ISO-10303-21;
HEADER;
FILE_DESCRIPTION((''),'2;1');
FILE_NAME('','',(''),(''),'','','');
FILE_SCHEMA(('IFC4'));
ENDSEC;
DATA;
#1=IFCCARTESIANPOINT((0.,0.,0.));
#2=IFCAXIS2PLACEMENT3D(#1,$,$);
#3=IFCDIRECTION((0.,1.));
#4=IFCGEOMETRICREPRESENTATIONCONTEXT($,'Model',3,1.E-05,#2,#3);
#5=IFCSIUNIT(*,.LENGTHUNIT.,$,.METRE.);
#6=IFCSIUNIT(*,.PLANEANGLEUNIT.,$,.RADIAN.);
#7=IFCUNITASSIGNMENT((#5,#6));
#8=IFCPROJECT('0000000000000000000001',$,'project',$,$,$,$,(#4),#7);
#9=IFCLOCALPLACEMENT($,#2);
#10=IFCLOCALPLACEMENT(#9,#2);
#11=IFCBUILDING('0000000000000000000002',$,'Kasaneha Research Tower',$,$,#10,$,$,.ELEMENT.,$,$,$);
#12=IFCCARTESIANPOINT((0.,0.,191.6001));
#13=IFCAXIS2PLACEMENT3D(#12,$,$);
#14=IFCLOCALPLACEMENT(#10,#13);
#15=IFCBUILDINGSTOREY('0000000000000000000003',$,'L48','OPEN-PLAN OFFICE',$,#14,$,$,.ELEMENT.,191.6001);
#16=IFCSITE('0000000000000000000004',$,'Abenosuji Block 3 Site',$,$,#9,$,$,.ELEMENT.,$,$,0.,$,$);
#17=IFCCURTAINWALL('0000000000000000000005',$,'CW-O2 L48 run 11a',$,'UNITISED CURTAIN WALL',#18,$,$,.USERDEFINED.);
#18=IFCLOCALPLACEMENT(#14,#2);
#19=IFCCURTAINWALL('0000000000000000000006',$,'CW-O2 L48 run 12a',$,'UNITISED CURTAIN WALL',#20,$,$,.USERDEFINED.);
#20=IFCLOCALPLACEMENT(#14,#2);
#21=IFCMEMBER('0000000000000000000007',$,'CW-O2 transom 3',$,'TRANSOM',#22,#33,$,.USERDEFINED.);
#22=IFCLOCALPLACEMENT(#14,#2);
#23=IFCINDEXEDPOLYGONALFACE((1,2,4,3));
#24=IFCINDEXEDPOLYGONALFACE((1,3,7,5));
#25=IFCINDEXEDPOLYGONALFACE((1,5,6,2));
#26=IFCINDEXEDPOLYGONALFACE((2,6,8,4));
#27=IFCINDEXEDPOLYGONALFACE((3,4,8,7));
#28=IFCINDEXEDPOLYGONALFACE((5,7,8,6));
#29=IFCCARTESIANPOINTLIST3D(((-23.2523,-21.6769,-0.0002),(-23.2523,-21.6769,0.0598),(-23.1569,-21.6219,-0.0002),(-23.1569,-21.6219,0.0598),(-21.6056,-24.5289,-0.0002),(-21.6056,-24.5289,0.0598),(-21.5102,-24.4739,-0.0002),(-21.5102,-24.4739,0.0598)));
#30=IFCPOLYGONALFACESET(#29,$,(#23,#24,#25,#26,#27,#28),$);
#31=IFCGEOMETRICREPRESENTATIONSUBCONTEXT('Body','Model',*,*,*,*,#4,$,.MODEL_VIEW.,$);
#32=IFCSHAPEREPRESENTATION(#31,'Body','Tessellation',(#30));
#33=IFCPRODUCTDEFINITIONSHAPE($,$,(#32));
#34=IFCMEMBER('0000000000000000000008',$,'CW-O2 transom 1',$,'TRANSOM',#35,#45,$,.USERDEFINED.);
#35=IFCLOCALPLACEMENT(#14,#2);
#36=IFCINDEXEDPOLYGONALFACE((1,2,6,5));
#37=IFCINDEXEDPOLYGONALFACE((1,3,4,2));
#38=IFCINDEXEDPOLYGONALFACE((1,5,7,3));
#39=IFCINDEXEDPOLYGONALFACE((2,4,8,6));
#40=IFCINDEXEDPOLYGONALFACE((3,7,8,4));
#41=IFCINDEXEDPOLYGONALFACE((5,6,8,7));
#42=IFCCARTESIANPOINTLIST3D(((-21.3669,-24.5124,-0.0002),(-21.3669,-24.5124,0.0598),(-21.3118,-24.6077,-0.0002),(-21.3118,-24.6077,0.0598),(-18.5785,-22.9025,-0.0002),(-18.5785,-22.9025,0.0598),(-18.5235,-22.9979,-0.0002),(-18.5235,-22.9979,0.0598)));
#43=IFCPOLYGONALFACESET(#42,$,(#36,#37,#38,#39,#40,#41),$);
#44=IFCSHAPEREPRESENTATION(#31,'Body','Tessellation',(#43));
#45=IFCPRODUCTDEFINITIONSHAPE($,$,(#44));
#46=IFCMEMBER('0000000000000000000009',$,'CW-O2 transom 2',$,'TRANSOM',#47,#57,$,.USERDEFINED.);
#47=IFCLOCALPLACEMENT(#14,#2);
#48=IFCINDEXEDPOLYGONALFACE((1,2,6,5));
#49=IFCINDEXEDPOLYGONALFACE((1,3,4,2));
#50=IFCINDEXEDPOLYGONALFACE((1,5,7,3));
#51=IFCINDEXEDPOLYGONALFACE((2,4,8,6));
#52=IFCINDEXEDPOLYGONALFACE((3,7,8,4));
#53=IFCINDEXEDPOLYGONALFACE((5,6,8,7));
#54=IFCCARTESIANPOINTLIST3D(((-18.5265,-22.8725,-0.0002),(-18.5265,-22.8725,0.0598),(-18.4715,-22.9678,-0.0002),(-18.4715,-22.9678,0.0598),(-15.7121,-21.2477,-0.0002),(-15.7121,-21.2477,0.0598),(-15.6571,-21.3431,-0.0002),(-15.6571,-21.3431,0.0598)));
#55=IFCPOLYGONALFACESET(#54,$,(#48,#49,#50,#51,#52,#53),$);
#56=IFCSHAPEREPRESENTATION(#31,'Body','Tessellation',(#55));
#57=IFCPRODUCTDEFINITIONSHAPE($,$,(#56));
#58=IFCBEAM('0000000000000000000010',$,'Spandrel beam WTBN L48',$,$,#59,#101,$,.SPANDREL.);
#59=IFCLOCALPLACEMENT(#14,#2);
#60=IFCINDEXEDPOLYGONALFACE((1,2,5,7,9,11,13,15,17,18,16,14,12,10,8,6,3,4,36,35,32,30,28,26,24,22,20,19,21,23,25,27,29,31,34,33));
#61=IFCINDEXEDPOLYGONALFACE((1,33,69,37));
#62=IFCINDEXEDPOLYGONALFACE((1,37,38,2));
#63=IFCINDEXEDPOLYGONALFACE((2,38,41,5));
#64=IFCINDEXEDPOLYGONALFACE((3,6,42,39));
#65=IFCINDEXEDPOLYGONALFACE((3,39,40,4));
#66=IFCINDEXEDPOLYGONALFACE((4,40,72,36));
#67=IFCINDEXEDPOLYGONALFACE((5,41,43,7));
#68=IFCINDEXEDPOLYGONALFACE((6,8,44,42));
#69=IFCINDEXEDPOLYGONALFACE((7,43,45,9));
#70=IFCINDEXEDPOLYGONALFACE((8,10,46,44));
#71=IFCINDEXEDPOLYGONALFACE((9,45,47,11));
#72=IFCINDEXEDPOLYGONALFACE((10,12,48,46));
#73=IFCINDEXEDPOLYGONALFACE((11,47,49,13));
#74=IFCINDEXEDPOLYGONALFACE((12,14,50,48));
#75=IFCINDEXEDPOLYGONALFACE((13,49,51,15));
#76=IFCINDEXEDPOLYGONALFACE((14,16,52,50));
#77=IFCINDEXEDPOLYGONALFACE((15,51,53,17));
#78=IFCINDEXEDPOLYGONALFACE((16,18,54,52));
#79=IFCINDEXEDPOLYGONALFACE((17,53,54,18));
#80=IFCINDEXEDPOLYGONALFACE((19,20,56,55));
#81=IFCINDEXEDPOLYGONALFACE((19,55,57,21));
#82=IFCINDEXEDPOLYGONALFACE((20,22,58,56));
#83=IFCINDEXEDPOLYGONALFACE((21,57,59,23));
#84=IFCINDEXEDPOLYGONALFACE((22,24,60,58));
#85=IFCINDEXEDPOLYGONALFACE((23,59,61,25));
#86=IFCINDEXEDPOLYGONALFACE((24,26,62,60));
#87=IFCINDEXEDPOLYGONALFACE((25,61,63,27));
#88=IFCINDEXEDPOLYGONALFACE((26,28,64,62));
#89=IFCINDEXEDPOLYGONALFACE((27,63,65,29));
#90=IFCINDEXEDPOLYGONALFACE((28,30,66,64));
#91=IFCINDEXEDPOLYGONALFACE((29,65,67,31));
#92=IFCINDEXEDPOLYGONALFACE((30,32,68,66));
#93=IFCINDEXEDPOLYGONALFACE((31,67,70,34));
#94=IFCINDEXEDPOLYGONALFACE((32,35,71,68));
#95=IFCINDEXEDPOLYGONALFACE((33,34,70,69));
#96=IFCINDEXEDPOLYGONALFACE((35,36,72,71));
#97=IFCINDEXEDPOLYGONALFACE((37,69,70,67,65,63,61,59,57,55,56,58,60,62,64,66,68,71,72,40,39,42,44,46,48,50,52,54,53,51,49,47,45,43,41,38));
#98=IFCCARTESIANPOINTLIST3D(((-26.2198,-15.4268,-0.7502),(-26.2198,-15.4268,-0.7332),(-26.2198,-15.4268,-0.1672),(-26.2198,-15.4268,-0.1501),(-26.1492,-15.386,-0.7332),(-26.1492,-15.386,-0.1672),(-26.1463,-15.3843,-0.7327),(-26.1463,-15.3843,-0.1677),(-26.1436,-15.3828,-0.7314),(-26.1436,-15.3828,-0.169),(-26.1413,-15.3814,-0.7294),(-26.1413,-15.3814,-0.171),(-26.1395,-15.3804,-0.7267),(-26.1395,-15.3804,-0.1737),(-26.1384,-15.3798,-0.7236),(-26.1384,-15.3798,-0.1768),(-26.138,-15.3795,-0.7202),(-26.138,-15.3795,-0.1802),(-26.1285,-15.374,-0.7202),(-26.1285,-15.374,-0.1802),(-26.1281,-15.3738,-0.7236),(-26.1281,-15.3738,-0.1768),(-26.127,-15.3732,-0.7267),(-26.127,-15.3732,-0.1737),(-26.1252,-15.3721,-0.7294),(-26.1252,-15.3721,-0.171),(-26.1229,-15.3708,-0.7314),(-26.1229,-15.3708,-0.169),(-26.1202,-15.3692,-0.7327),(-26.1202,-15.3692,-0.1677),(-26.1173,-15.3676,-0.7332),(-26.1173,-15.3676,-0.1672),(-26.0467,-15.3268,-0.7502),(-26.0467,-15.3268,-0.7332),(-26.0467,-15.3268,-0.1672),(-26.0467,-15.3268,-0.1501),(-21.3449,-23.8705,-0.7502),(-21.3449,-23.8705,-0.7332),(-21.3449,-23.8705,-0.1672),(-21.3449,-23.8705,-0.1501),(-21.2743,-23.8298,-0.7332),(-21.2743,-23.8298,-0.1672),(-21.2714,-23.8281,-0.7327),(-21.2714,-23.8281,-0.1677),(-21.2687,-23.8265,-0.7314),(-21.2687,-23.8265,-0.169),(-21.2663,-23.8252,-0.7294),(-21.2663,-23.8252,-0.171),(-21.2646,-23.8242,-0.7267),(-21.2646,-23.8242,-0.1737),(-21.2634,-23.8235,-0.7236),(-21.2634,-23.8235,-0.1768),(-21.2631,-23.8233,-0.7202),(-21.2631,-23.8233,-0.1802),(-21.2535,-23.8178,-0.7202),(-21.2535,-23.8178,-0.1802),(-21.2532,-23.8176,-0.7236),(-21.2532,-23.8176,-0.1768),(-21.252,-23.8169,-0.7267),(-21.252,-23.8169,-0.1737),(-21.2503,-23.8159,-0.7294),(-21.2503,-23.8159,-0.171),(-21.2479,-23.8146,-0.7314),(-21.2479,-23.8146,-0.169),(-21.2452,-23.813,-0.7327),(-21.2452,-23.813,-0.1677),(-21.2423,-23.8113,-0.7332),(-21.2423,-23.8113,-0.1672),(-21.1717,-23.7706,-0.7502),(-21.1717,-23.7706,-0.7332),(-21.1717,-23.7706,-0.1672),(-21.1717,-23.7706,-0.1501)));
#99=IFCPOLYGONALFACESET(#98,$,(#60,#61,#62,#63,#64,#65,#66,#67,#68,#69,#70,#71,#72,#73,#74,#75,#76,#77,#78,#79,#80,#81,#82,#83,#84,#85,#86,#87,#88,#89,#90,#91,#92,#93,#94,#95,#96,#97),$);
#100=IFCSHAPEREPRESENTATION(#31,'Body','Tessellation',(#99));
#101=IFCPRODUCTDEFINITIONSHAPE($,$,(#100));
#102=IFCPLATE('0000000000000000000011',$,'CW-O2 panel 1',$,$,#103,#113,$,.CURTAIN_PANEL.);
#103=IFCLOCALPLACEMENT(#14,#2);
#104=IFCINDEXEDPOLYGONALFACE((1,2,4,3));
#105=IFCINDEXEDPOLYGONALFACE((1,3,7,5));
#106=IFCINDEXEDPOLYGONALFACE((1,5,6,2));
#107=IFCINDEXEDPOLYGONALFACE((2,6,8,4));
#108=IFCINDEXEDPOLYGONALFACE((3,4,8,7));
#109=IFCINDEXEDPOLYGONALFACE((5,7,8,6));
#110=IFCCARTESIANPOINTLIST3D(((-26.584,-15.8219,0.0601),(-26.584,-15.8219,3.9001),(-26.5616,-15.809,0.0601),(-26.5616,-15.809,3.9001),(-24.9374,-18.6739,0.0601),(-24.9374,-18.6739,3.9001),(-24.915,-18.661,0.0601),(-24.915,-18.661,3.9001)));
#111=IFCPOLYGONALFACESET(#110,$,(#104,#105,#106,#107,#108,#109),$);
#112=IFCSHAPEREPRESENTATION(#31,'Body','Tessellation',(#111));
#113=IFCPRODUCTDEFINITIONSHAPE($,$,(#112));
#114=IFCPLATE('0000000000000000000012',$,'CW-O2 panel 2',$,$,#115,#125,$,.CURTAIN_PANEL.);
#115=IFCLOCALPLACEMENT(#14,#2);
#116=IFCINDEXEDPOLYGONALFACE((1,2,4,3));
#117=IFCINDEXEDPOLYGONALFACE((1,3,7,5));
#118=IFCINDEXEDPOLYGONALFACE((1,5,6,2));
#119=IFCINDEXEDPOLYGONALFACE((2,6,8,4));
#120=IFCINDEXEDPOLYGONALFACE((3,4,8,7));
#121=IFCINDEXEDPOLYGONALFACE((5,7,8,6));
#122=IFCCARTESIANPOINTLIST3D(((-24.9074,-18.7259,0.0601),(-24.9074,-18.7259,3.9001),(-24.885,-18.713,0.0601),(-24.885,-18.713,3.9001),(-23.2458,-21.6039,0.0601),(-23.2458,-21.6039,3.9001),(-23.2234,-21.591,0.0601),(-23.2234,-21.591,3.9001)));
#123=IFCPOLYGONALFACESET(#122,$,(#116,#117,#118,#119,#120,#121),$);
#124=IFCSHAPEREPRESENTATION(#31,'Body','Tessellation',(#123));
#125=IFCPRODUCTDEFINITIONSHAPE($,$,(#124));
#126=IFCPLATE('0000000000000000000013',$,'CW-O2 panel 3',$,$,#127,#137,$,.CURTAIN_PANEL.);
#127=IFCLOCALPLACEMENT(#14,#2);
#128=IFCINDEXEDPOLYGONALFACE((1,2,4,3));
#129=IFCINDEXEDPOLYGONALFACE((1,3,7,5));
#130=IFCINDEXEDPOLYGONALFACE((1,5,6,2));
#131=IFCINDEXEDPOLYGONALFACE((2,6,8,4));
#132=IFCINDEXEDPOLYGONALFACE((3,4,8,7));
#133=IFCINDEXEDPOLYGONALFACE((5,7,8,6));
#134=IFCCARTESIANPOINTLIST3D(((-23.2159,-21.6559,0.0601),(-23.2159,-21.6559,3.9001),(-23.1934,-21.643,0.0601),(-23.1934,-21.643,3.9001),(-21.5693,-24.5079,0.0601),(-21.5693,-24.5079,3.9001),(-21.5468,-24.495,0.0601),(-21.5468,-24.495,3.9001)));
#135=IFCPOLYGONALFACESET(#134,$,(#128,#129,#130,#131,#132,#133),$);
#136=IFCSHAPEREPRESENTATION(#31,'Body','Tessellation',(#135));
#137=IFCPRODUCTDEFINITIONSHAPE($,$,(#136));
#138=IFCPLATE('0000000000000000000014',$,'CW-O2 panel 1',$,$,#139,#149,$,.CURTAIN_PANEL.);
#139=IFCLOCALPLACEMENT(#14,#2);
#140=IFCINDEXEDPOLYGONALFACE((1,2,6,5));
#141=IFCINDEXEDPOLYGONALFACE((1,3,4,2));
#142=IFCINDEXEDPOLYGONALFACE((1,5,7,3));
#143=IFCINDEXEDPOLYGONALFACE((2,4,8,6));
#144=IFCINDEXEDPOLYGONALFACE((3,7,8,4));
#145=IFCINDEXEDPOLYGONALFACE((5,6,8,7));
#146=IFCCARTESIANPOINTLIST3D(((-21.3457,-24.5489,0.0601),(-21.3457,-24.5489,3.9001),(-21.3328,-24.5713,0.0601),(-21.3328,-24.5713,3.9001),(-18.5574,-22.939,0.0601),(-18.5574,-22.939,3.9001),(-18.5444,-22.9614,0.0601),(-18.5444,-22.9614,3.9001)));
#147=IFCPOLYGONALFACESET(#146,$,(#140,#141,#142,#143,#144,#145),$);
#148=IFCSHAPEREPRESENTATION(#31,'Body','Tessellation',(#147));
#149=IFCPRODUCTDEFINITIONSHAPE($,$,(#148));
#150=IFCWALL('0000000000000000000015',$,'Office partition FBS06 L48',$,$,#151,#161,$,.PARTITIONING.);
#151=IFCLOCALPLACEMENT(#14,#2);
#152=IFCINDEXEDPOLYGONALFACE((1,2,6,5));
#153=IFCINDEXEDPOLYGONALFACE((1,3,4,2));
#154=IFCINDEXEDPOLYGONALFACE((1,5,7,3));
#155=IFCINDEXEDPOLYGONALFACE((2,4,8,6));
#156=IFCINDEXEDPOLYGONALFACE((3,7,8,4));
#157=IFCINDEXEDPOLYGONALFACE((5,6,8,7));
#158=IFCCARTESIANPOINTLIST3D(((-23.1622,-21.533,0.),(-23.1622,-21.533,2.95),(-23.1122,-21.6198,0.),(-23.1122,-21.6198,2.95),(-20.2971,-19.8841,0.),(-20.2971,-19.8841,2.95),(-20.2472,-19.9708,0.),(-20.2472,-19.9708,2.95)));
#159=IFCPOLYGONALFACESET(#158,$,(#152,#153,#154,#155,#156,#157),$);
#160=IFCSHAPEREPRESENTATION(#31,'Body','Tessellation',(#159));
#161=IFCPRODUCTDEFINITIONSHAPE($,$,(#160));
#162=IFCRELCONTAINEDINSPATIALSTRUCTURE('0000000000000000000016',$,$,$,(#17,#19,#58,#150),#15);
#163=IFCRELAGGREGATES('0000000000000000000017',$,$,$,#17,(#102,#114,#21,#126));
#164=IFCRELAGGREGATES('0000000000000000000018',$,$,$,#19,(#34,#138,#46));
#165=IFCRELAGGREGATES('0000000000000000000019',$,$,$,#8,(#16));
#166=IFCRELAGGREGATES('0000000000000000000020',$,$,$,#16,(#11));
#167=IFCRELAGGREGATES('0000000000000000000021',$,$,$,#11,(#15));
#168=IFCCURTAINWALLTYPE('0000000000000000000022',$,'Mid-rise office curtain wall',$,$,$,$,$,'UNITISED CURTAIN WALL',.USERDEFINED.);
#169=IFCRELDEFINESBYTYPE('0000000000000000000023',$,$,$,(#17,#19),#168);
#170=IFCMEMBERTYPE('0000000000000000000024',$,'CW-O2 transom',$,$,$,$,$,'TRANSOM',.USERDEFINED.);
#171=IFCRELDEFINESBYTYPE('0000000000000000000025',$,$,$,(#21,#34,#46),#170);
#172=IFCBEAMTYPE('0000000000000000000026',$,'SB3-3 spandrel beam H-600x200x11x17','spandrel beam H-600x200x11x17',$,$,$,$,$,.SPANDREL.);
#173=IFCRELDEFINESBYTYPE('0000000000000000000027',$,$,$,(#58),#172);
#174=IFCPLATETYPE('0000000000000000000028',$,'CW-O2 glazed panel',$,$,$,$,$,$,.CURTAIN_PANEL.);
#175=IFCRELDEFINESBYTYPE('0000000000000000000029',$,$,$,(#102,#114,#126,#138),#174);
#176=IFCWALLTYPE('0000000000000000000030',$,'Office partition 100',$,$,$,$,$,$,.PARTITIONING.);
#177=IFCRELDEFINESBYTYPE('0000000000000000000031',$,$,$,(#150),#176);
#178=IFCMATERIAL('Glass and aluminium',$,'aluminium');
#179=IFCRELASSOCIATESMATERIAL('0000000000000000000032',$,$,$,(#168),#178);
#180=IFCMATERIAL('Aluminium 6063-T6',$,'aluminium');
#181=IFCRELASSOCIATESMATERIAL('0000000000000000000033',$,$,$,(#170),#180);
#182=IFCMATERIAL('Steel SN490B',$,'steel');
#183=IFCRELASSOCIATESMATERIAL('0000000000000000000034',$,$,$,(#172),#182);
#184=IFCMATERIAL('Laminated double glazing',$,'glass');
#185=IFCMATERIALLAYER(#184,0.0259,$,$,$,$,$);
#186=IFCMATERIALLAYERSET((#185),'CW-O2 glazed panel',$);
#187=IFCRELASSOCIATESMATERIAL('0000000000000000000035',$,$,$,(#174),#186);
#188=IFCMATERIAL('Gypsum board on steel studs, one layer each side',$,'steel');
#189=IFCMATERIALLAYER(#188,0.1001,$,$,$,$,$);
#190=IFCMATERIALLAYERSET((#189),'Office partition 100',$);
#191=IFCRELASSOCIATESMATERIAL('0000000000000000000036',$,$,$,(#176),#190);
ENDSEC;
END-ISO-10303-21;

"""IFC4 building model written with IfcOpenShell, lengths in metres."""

from ifc_helpers import new_model, si_unit, direction, frame, frame_2d, origin, origin_2d, place, context, subcontext, project, spatial, rectangle, i_section, extrude, material, layer, layer_set, material_profile, profile_set, type_object, element, aggregate, save


model = new_model("IFC4")

# Units and contexts
model_context = context("Model", 3, precision=1e-05, world=origin(), true_north=direction((0.0, 1.0)))
body_context = subcontext(model_context, "Body", "Model", "MODEL_VIEW")
ifc_project = project(units=[si_unit("LENGTHUNIT", "METRE"), si_unit("PLANEANGLEUNIT", "RADIAN")], contexts=[model_context])

# Site, building, storey
site_placement = place(None, origin())
site = spatial("IfcSite", under=ifc_project, at=site_placement, Name="Abenosuji Block 3 Site", CompositionType="ELEMENT", RefElevation=0.0)
building_placement = place(site_placement, origin())
building = spatial("IfcBuilding", under=site, at=building_placement, Name="Kasaneha Research Tower", CompositionType="ELEMENT")
storey_placement = place(building_placement, frame((0.0, 0.0, 191.6001)))
storey = spatial("IfcBuildingStorey", under=building, at=storey_placement, Name="L48", Description="OPEN-PLAN OFFICE", CompositionType="ELEMENT", Elevation=191.6001)

# Shared definitions
ifc_material_1 = material(Name="Glass and aluminium", Category="aluminium")
curtain_wall_type = type_object("IfcCurtainWallType", Name="Mid-rise office curtain wall", ElementType="UNITISED CURTAIN WALL", PredefinedType="USERDEFINED", material=ifc_material_1)

# Curtain walls
curtain_wall_1_placement = place(storey_placement, origin())
curtain_wall_1 = element("IfcCurtainWall", 1, at=curtain_wall_1_placement, inside=storey, type_object=curtain_wall_type, Name="CW-O2 L48 run 11a", ObjectType="UNITISED CURTAIN WALL", PredefinedType="USERDEFINED")
curtain_wall_2_placement = place(storey_placement, origin())
curtain_wall_2 = element("IfcCurtainWall", 2, at=curtain_wall_2_placement, inside=storey, type_object=curtain_wall_type, Name="CW-O2 L48 run 12a", ObjectType="UNITISED CURTAIN WALL", PredefinedType="USERDEFINED")

# Members
ifc_material_2 = material(Name="Aluminium 6063-T6", Category="aluminium")
ifc_material_profile_1 = material_profile(ifc_material_2, rectangle(XDim=0.1101, YDim=0.0601, at=origin_2d()), Name="CW-O2 transom 110x60")
ifc_profile_set_1 = profile_set([ifc_material_profile_1], Name="Aluminium 6063-T6")
member_type_1 = type_object("IfcMemberType", Name="CW-O2 transom", ElementType="TRANSOM", PredefinedType="USERDEFINED", material=ifc_profile_set_1)
member_1_placement = place(storey_placement, frame((-23.2046, -21.6494, 0.0298), z_axis=(0.500022, -0.866013, 0.0), x_axis=(0.866013, 0.500022, 0.0)))
member_1 = element("IfcMember", 3, at=member_1_placement, type_object=member_type_1, Name="CW-O2 transom 3", ObjectType="TRANSOM", PredefinedType="USERDEFINED", context=body_context, shape_type="SweptSolid", body=[
    extrude(rectangle(XDim=0.1101, YDim=0.0601, at=origin_2d()), origin(), (0.0, 0.0, 1.0), 3.2932),
])
member_2_placement = place(storey_placement, frame((-21.3394, -24.5601, 0.0298), z_axis=(0.866023, 0.500005, 0.0), x_axis=(-0.500005, 0.866023, 0.0)))
member_2 = element("IfcMember", 4, at=member_2_placement, type_object=member_type_1, Name="CW-O2 transom 1", ObjectType="TRANSOM", PredefinedType="USERDEFINED", context=body_context, shape_type="SweptSolid", body=[
    extrude(rectangle(XDim=0.1101, YDim=0.0601, at=origin_2d()), origin(), (0.0, 0.0, 1.0), 3.2197),
])
member_3_placement = place(storey_placement, frame((-18.499, -22.9202, 0.0298), z_axis=(0.866048, 0.499961, 0.0), x_axis=(-0.499961, 0.866048, 0.0)))
member_3 = element("IfcMember", 5, at=member_3_placement, type_object=member_type_1, Name="CW-O2 transom 2", ObjectType="TRANSOM", PredefinedType="USERDEFINED", context=body_context, shape_type="SweptSolid", body=[
    extrude(rectangle(XDim=0.1101, YDim=0.0601, at=origin_2d()), origin(), (0.0, 0.0, 1.0), 3.2498),
])

# Beam
ifc_material_3 = material(Name="Steel SN490B", Category="steel")
ifc_material_profile_2 = material_profile(ifc_material_3, i_section(OverallWidth=0.2, OverallDepth=0.6001, WebThickness=0.011, FlangeThickness=0.0171, FilletRadius=0.0129, at=origin_2d()), Name="H-600x200x11x17")
ifc_profile_set_2 = profile_set([ifc_material_profile_2], Name="Steel SN490B")
beam_type_1 = type_object("IfcBeamType", Name="SB3-3 spandrel beam H-600x200x11x17", Description="spandrel beam H-600x200x11x17", PredefinedType="SPANDREL", material=ifc_profile_set_2)
beam_1_placement = place(storey_placement, frame((-21.2583, -23.8206, -0.4502), z_axis=(-0.499996, 0.866028, 0.0), x_axis=(-0.866028, -0.499996, 0.0)))
element("IfcBeam", 6, at=beam_1_placement, inside=storey, type_object=beam_type_1, Name="Spandrel beam WTBN L48", PredefinedType="SPANDREL", context=body_context, shape_type="SweptSolid", body=[
    extrude(i_section(OverallWidth=0.2, OverallDepth=0.6001, WebThickness=0.011, FlangeThickness=0.0171, FilletRadius=0.0129, at=origin_2d()), origin(), (0.0, 0.0, 1.0), 9.75),
])

# Plates
ifc_material_4 = material(Name="Laminated double glazing", Category="glass")
ifc_layer_1 = layer(ifc_material_4, 0.0259)
ifc_layer_set_1 = layer_set([ifc_layer_1], Name="CW-O2 glazed panel")
plate_type = type_object("IfcPlateType", Name="CW-O2 glazed panel", PredefinedType="CURTAIN_PANEL", material=ifc_layer_set_1)
plate_1_placement = place(storey_placement, frame((-25.7495, -17.2415, 0.0601), z_axis=(0.0, 0.0, 1.0), x_axis=(0.5, -0.866025, 0.0)))
plate_1 = element("IfcPlate", 7, at=plate_1_placement, type_object=plate_type, Name="CW-O2 panel 1", PredefinedType="CURTAIN_PANEL", context=body_context, shape_type="SweptSolid", body=[
    extrude(rectangle(XDim=3.2932, YDim=0.0259, at=origin_2d()), origin(), (0.0, 0.0, 1.0), 3.8401),
])
plate_2_placement = place(storey_placement, frame((-24.0654, -20.1584, 0.0601), z_axis=(0.0, 0.0, 1.0), x_axis=(0.5, -0.866025, 0.0)))
plate_2 = element("IfcPlate", 8, at=plate_2_placement, type_object=plate_type, Name="CW-O2 panel 2", PredefinedType="CURTAIN_PANEL", context=body_context, shape_type="SweptSolid", body=[
    extrude(rectangle(XDim=3.3232, YDim=0.0259, at=origin_2d()), origin(), (0.0, 0.0, 1.0), 3.8401),
])
plate_3_placement = place(storey_placement, frame((-22.3813, -23.0754, 0.0601), z_axis=(0.0, 0.0, 1.0), x_axis=(0.5, -0.866025, 0.0)))
plate_3 = element("IfcPlate", 9, at=plate_3_placement, type_object=plate_type, Name="CW-O2 panel 3", PredefinedType="CURTAIN_PANEL", context=body_context, shape_type="SweptSolid", body=[
    extrude(rectangle(XDim=3.2932, YDim=0.0259, at=origin_2d()), origin(), (0.0, 0.0, 1.0), 3.8401),
])
aggregate(curtain_wall_1, [plate_1, plate_2, member_1, plate_3])
plate_4_placement = place(storey_placement, frame((-19.9451, -23.7551, 0.0601), z_axis=(0.0, 0.0, 1.0), x_axis=(0.866025, 0.5, 0.0)))
plate_4 = element("IfcPlate", 10, at=plate_4_placement, type_object=plate_type, Name="CW-O2 panel 1", PredefinedType="CURTAIN_PANEL", context=body_context, shape_type="SweptSolid", body=[
    extrude(rectangle(XDim=3.2197, YDim=0.0259, at=origin_2d()), origin(), (0.0, 0.0, 1.0), 3.8401),
])
aggregate(curtain_wall_2, [member_2, plate_4, member_3])

# Wall
ifc_material_5 = material(Name="Gypsum board on steel studs, one layer each side", Category="steel")
ifc_layer_2 = layer(ifc_material_5, 0.1001)
ifc_layer_set_2 = layer_set([ifc_layer_2], Name="Office partition 100")
wall_type = type_object("IfcWallType", Name="Office partition 100", PredefinedType="PARTITIONING", material=ifc_layer_set_2)
wall_1_placement = place(storey_placement, frame((-23.1372, -21.5764, 0.0), z_axis=(0.0, 0.0, 1.0), x_axis=(0.866703, 0.498825, 0.0)))
element("IfcWall", 11, at=wall_1_placement, inside=storey, type_object=wall_type, Name="Office partition FBS06 L48", PredefinedType="PARTITIONING", context=body_context, shape_type="SweptSolid", body=[
    extrude(rectangle(XDim=3.3057, YDim=0.1001, at=frame_2d((1.6528, 0.0))), origin(), (0.0, 0.0, 1.0), 2.95),
])

save(model, "model.ifc")
